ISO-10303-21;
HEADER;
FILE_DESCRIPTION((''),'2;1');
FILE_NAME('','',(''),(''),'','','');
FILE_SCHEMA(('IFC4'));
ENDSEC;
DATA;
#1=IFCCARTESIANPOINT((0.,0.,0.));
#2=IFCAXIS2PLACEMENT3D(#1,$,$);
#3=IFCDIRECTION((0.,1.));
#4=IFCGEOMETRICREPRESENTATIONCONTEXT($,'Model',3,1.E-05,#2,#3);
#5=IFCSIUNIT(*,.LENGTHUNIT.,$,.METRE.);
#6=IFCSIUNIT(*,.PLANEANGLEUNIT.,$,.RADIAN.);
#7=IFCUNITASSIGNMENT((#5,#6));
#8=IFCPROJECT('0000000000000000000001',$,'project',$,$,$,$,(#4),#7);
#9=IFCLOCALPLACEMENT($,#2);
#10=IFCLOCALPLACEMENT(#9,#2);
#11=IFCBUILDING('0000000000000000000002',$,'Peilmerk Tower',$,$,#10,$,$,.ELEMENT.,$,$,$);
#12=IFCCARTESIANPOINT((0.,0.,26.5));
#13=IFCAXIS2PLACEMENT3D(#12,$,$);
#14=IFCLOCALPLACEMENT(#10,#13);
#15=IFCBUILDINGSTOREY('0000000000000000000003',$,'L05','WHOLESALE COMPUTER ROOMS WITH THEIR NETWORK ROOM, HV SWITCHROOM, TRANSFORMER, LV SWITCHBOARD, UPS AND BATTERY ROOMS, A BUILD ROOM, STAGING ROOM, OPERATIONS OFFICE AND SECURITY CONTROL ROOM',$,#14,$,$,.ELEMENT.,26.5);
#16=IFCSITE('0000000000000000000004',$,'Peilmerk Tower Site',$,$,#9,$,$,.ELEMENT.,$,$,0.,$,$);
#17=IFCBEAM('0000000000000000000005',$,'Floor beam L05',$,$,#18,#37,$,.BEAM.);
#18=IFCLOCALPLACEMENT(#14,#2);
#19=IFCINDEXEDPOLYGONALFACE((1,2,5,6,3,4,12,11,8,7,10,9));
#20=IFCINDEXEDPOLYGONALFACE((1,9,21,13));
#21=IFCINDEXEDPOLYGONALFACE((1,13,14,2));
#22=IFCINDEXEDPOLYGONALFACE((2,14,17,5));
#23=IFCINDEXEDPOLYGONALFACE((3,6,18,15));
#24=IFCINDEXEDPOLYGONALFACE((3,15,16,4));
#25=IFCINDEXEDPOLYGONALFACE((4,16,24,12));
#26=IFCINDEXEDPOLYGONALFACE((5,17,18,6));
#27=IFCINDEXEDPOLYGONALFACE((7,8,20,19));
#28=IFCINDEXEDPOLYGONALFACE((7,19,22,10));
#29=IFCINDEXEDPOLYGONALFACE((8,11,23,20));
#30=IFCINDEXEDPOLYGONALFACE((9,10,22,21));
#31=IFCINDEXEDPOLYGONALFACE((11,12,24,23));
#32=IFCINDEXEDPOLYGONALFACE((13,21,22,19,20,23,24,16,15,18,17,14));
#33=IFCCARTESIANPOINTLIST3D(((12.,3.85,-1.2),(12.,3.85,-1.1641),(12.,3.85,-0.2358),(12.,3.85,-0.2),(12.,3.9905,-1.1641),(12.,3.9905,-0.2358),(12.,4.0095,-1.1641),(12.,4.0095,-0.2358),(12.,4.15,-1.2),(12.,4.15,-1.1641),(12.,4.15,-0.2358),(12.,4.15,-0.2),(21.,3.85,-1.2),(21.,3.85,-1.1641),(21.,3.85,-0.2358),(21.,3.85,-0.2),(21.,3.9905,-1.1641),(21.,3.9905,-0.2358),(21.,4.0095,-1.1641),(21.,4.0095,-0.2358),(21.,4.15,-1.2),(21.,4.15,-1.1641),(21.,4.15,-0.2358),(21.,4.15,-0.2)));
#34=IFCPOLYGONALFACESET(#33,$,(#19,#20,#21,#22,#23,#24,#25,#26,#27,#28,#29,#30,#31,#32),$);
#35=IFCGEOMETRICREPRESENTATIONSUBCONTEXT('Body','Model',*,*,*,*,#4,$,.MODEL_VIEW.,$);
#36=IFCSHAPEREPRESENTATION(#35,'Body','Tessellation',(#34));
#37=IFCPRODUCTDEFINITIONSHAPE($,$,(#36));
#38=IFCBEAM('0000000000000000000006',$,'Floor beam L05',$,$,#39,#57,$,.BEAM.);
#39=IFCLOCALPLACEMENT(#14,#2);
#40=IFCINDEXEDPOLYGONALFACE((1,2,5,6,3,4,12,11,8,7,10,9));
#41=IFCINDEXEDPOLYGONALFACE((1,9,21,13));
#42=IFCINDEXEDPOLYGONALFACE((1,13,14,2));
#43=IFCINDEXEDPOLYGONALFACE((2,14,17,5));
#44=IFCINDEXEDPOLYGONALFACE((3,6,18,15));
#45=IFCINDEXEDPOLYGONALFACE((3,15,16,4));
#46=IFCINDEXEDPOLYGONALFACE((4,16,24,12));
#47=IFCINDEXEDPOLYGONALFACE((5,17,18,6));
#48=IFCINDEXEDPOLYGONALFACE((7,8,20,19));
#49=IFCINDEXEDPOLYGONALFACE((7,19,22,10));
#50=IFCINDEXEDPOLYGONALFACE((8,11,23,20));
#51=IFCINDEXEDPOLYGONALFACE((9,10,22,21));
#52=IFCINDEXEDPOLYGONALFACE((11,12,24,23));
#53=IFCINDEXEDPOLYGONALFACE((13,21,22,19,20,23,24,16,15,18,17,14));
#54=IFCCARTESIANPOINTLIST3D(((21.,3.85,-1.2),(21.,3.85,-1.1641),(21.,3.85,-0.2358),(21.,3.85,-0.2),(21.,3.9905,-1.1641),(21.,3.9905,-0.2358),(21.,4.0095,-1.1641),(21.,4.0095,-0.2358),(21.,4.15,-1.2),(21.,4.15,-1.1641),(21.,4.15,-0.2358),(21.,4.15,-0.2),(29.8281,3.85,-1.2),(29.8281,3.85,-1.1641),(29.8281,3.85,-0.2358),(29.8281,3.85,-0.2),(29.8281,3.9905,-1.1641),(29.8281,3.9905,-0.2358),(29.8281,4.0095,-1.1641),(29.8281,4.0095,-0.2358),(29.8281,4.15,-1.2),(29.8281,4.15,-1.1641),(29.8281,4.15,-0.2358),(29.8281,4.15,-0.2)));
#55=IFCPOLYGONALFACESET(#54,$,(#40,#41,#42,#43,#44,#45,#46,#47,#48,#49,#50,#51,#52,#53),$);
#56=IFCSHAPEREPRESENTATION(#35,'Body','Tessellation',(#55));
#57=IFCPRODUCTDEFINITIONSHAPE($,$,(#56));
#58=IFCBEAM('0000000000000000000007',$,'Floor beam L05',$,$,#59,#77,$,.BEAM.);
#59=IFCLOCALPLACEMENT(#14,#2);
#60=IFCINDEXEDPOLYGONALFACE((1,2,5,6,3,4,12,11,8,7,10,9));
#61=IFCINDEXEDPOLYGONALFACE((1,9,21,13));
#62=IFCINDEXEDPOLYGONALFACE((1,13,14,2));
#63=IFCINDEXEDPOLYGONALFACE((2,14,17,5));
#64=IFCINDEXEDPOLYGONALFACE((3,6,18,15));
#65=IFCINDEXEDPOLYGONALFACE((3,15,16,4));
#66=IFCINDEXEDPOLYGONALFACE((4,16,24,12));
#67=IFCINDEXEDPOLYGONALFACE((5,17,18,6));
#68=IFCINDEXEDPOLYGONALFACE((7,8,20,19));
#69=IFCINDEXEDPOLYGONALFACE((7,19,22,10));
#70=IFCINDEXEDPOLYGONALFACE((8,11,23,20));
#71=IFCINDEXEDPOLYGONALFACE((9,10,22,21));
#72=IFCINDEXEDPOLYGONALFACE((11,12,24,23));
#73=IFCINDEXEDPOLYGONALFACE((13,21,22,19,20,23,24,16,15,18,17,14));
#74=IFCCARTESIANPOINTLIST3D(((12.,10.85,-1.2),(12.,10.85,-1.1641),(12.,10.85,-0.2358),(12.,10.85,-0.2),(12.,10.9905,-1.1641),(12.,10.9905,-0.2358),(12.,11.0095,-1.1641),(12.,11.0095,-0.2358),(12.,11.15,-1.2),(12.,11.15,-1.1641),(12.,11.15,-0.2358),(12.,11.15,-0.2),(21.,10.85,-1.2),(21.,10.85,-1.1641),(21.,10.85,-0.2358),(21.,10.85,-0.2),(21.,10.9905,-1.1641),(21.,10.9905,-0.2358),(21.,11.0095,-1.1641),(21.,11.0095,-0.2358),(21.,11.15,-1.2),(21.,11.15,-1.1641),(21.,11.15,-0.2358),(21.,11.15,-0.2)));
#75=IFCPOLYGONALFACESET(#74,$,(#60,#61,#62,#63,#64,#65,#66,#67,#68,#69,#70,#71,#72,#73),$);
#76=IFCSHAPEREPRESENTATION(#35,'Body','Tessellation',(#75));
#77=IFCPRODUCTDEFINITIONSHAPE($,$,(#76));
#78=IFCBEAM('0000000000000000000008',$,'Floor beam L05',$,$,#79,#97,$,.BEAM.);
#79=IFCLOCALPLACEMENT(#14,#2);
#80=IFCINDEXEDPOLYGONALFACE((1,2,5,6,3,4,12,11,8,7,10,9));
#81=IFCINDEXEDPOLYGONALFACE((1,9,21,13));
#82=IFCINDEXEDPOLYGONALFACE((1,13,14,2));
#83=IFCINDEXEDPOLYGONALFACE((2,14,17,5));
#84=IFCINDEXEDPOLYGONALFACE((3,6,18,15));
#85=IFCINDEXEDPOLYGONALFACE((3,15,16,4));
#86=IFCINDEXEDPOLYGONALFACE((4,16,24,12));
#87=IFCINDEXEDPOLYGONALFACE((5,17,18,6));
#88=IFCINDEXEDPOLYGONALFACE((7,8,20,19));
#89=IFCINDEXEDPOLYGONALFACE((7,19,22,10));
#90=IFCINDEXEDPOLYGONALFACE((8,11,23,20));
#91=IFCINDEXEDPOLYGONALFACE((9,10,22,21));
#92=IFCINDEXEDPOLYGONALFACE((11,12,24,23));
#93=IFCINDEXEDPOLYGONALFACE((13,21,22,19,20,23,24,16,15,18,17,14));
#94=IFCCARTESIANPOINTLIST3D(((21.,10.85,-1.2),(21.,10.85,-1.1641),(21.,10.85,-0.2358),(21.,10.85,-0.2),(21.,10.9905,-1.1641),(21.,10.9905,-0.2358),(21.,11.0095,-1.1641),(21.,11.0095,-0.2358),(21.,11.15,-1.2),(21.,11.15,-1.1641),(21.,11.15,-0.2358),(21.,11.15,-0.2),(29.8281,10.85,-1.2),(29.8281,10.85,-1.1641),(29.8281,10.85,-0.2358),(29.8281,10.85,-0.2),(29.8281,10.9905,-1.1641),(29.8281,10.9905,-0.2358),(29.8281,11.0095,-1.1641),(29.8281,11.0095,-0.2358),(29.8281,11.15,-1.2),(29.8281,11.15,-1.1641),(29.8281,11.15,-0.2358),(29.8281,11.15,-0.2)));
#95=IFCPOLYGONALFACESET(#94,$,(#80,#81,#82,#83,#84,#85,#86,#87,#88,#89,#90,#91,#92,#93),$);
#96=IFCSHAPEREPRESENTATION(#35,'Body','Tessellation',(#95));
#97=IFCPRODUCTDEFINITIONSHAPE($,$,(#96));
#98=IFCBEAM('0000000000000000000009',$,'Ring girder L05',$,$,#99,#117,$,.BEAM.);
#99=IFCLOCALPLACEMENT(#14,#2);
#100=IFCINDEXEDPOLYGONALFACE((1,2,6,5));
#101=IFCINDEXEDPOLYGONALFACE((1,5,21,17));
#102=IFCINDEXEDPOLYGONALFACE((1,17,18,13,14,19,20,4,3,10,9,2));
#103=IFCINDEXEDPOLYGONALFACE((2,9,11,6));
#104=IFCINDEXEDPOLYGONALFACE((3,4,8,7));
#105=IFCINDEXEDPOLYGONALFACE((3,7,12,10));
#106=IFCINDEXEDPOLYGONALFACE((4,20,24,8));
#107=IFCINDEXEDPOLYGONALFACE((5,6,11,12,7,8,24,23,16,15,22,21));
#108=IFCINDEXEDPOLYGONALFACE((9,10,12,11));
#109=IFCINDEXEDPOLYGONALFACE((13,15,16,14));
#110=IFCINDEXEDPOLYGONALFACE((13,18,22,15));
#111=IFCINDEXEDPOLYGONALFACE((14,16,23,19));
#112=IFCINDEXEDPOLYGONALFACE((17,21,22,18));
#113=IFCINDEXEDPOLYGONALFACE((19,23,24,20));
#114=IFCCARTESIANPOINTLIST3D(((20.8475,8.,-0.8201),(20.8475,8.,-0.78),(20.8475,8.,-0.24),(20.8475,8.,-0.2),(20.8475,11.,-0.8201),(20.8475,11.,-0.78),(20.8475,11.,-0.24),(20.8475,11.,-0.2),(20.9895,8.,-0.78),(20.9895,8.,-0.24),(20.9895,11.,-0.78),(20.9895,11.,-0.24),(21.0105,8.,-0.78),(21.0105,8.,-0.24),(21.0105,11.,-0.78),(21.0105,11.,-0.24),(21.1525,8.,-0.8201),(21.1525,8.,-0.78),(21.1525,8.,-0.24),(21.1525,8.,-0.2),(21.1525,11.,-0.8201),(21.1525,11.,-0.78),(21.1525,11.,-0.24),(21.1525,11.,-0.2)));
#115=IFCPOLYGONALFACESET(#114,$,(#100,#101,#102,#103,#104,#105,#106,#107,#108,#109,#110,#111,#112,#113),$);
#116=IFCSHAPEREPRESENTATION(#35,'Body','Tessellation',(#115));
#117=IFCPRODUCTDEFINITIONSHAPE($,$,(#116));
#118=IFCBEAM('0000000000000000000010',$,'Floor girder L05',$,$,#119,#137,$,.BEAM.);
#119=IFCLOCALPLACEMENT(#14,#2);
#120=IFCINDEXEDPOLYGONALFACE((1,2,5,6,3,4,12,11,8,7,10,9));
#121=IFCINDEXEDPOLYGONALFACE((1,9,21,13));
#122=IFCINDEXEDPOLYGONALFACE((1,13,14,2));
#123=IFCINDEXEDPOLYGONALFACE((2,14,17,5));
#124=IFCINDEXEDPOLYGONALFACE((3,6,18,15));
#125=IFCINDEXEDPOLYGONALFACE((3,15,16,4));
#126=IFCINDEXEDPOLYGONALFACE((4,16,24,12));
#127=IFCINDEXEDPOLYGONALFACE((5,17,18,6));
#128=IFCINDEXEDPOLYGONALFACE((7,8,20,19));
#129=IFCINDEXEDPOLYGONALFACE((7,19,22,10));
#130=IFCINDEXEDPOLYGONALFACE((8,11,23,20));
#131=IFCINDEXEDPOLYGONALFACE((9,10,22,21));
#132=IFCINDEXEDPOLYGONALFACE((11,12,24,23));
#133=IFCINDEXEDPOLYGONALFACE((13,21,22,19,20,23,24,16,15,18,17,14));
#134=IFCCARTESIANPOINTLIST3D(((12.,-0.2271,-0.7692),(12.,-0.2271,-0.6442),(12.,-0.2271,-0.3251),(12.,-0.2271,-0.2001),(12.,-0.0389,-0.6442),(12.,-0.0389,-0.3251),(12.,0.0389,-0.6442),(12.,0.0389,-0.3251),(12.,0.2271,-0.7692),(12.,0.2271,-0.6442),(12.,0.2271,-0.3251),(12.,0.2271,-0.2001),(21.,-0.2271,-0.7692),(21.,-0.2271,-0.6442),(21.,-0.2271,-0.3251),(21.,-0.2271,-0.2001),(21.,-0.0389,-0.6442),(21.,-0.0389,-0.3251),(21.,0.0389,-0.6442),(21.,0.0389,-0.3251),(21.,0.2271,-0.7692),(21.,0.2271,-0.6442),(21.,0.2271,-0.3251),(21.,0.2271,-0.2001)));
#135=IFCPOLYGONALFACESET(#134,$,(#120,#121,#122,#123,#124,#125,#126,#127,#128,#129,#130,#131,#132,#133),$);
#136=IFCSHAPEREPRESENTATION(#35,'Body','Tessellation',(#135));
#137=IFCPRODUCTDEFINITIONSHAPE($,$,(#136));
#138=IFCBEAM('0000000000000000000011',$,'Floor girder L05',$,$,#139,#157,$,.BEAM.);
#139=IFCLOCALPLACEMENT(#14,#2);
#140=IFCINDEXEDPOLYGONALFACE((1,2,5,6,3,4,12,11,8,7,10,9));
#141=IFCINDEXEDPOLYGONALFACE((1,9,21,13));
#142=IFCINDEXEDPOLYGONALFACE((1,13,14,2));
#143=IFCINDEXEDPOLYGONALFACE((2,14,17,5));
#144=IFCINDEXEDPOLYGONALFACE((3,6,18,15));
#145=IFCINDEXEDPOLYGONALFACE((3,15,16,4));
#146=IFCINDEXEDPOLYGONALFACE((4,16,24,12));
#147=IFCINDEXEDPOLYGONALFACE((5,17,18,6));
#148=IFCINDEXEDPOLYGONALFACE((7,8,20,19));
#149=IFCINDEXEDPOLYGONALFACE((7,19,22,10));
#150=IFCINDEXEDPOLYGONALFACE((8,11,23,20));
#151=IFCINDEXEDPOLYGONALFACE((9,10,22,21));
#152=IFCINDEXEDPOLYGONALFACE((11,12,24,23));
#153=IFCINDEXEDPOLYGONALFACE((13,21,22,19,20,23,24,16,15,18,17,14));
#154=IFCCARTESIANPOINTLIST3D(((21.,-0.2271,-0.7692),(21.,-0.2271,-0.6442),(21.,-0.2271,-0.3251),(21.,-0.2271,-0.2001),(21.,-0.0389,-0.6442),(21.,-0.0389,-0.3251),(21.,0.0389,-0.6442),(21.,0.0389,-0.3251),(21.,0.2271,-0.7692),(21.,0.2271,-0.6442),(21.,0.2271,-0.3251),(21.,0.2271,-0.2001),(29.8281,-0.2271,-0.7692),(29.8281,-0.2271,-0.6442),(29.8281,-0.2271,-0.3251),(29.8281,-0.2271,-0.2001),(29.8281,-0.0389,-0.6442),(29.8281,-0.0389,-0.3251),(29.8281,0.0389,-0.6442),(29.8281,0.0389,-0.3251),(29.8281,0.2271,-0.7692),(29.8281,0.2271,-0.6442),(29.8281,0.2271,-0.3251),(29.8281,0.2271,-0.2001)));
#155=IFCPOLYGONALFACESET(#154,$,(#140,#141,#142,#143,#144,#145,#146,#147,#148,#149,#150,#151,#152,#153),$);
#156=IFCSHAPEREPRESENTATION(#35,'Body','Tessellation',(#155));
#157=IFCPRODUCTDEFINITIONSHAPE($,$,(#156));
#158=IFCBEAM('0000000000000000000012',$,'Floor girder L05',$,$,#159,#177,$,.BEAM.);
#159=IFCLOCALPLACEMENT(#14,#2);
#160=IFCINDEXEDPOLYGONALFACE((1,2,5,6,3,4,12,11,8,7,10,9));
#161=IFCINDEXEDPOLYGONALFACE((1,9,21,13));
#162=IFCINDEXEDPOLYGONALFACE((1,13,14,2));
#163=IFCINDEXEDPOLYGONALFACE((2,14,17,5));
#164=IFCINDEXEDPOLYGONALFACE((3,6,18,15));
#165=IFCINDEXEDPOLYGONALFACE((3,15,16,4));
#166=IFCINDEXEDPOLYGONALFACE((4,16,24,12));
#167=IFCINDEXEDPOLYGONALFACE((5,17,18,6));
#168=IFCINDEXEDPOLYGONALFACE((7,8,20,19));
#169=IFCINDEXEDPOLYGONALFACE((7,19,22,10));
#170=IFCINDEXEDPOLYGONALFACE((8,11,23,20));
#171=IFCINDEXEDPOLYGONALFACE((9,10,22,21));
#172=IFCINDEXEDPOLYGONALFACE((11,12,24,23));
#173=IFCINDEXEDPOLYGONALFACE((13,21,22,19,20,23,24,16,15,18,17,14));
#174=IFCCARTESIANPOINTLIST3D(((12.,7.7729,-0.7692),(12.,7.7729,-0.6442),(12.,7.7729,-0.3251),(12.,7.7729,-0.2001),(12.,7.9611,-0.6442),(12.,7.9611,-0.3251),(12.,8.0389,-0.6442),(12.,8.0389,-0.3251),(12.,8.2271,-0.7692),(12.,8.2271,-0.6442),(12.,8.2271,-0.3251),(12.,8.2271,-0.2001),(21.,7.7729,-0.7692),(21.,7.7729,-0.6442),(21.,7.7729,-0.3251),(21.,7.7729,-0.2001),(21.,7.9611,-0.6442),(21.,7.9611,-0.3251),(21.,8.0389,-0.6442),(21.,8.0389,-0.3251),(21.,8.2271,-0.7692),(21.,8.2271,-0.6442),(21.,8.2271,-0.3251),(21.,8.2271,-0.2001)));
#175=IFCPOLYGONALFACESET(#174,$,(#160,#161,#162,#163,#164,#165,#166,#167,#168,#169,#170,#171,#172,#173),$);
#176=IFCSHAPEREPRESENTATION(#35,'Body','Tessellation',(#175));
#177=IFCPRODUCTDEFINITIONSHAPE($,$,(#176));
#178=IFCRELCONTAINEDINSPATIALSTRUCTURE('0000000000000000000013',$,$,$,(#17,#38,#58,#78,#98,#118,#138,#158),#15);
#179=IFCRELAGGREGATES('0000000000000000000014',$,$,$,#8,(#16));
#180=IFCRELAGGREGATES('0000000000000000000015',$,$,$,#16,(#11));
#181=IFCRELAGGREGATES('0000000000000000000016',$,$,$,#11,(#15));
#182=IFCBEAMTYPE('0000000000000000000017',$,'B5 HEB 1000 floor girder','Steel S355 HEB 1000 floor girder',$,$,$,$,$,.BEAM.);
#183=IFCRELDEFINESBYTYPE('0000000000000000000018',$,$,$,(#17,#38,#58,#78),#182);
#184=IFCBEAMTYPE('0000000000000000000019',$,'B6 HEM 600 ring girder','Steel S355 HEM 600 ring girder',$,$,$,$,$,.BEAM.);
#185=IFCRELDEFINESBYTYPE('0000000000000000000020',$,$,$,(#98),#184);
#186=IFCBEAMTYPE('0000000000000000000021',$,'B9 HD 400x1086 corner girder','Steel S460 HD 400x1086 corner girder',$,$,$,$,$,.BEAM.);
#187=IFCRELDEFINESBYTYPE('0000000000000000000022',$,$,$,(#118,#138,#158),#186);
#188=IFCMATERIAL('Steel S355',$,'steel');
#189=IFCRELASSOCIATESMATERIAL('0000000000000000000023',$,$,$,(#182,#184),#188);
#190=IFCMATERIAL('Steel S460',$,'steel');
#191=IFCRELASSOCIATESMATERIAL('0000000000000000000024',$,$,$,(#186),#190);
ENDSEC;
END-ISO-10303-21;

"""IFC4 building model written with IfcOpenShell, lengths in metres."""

from ifc_helpers import new_model, si_unit, direction, frame, origin, origin_2d, place, context, subcontext, project, spatial, i_section, extrude, material, material_profile, profile_set, type_object, element, save


model = new_model("IFC4")

# Units and contexts
model_context = context("Model", 3, precision=1e-05, world=origin(), true_north=direction((0.0, 1.0)))
body_context = subcontext(model_context, "Body", "Model", "MODEL_VIEW")
ifc_project = project(units=[si_unit("LENGTHUNIT", "METRE"), si_unit("PLANEANGLEUNIT", "RADIAN")], contexts=[model_context])

# Site, building, storey
site_placement = place(None, origin())
site = spatial("IfcSite", under=ifc_project, at=site_placement, Name="Peilmerk Tower Site", CompositionType="ELEMENT", RefElevation=0.0)
building_placement = place(site_placement, origin())
building = spatial("IfcBuilding", under=site, at=building_placement, Name="Peilmerk Tower", CompositionType="ELEMENT")
storey_placement = place(building_placement, frame((0.0, 0.0, 26.5)))
storey = spatial("IfcBuildingStorey", under=building, at=storey_placement, Name="L05", Description="WHOLESALE COMPUTER ROOMS WITH THEIR NETWORK ROOM, HV SWITCHROOM, TRANSFORMER, LV SWITCHBOARD, UPS AND BATTERY ROOMS, A BUILD ROOM, STAGING ROOM, OPERATIONS OFFICE AND SECURITY CONTROL ROOM", CompositionType="ELEMENT", Elevation=26.5)

# Beams
ifc_material_1 = material(Name="Steel S355", Category="steel")
ifc_material_profile_1 = material_profile(ifc_material_1, i_section(OverallWidth=0.3, OverallDepth=1.0, WebThickness=0.019, FlangeThickness=0.0359, at=origin_2d()), Name="HEB 1000")
ifc_profile_set_1 = profile_set([ifc_material_profile_1], Name="Steel S355")
beam_type_1 = type_object("IfcBeamType", Name="B5 HEB 1000 floor girder", Description="Steel S355 HEB 1000 floor girder", PredefinedType="BEAM", material=ifc_profile_set_1)
beam_1_placement = place(storey_placement, frame((12.0, 4.0, -0.7), z_axis=(1.0, 0.0, 0.0), x_axis=(0.0, 1.0, 0.0)))
element("IfcBeam", 1, at=beam_1_placement, inside=storey, type_object=beam_type_1, Name="Floor beam L05", PredefinedType="BEAM", context=body_context, shape_type="SweptSolid", body=[
    extrude(i_section(OverallWidth=0.3, OverallDepth=1.0, WebThickness=0.019, FlangeThickness=0.0359, at=origin_2d()), origin(), (0.0, 0.0, 1.0), 9.0),
])
beam_2_placement = place(storey_placement, frame((21.0, 4.0, -0.7), z_axis=(1.0, 0.0, 0.0), x_axis=(0.0, 1.0, 0.0)))
element("IfcBeam", 2, at=beam_2_placement, inside=storey, type_object=beam_type_1, Name="Floor beam L05", PredefinedType="BEAM", context=body_context, shape_type="SweptSolid", body=[
    extrude(i_section(OverallWidth=0.3, OverallDepth=1.0, WebThickness=0.019, FlangeThickness=0.0359, at=origin_2d()), origin(), (0.0, 0.0, 1.0), 8.8281),
])
beam_3_placement = place(storey_placement, frame((12.0, 11.0, -0.7), z_axis=(1.0, 0.0, 0.0), x_axis=(0.0, 1.0, 0.0)))
element("IfcBeam", 3, at=beam_3_placement, inside=storey, type_object=beam_type_1, Name="Floor beam L05", PredefinedType="BEAM", context=body_context, shape_type="SweptSolid", body=[
    extrude(i_section(OverallWidth=0.3, OverallDepth=1.0, WebThickness=0.019, FlangeThickness=0.0359, at=origin_2d()), origin(), (0.0, 0.0, 1.0), 9.0),
])
beam_4_placement = place(storey_placement, frame((21.0, 11.0, -0.7), z_axis=(1.0, 0.0, 0.0), x_axis=(0.0, 1.0, 0.0)))
element("IfcBeam", 4, at=beam_4_placement, inside=storey, type_object=beam_type_1, Name="Floor beam L05", PredefinedType="BEAM", context=body_context, shape_type="SweptSolid", body=[
    extrude(i_section(OverallWidth=0.3, OverallDepth=1.0, WebThickness=0.019, FlangeThickness=0.0359, at=origin_2d()), origin(), (0.0, 0.0, 1.0), 8.8281),
])
ifc_material_profile_2 = material_profile(ifc_material_1, i_section(OverallWidth=0.3049, OverallDepth=0.6201, WebThickness=0.021, FlangeThickness=0.04, at=origin_2d()), Name="HEM 600")
ifc_profile_set_2 = profile_set([ifc_material_profile_2], Name="Steel S355")
beam_type_2 = type_object("IfcBeamType", Name="B6 HEM 600 ring girder", Description="Steel S355 HEM 600 ring girder", PredefinedType="BEAM", material=ifc_profile_set_2)
beam_5_placement = place(storey_placement, frame((21.0, 8.0, -0.51), z_axis=(0.0, 1.0, 0.0), x_axis=(-1.0, 0.0, 0.0)))
element("IfcBeam", 5, at=beam_5_placement, inside=storey, type_object=beam_type_2, Name="Ring girder L05", PredefinedType="BEAM", context=body_context, shape_type="SweptSolid", body=[
    extrude(i_section(OverallWidth=0.3049, OverallDepth=0.6201, WebThickness=0.021, FlangeThickness=0.04, at=origin_2d()), origin(), (0.0, 0.0, 1.0), 3.0),
])
ifc_material_2 = material(Name="Steel S460", Category="steel")
ifc_material_profile_3 = material_profile(ifc_material_2, i_section(OverallWidth=0.4541, OverallDepth=0.5691, WebThickness=0.0779, FlangeThickness=0.125, at=origin_2d()), Name="HD 400x1086")
ifc_profile_set_3 = profile_set([ifc_material_profile_3], Name="Steel S460")
beam_type_3 = type_object("IfcBeamType", Name="B9 HD 400x1086 corner girder", Description="Steel S460 HD 400x1086 corner girder", PredefinedType="BEAM", material=ifc_profile_set_3)
beam_6_placement = place(storey_placement, frame((12.0, 0.0, -0.4846), z_axis=(1.0, 0.0, 0.0), x_axis=(0.0, 1.0, 0.0)))
element("IfcBeam", 6, at=beam_6_placement, inside=storey, type_object=beam_type_3, Name="Floor girder L05", PredefinedType="BEAM", context=body_context, shape_type="SweptSolid", body=[
    extrude(i_section(OverallWidth=0.4541, OverallDepth=0.5691, WebThickness=0.0779, FlangeThickness=0.125, at=origin_2d()), origin(), (0.0, 0.0, 1.0), 9.0),
])
beam_7_placement = place(storey_placement, frame((21.0, 0.0, -0.4846), z_axis=(1.0, 0.0, 0.0), x_axis=(0.0, 1.0, 0.0)))
element("IfcBeam", 7, at=beam_7_placement, inside=storey, type_object=beam_type_3, Name="Floor girder L05", PredefinedType="BEAM", context=body_context, shape_type="SweptSolid", body=[
    extrude(i_section(OverallWidth=0.4541, OverallDepth=0.5691, WebThickness=0.0779, FlangeThickness=0.125, at=origin_2d()), origin(), (0.0, 0.0, 1.0), 8.8281),
])
beam_8_placement = place(storey_placement, frame((12.0, 8.0, -0.4846), z_axis=(1.0, 0.0, 0.0), x_axis=(0.0, 1.0, 0.0)))
element("IfcBeam", 8, at=beam_8_placement, inside=storey, type_object=beam_type_3, Name="Floor girder L05", PredefinedType="BEAM", context=body_context, shape_type="SweptSolid", body=[
    extrude(i_section(OverallWidth=0.4541, OverallDepth=0.5691, WebThickness=0.0779, FlangeThickness=0.125, at=origin_2d()), origin(), (0.0, 0.0, 1.0), 9.0),
])

save(model, "model.ifc")
